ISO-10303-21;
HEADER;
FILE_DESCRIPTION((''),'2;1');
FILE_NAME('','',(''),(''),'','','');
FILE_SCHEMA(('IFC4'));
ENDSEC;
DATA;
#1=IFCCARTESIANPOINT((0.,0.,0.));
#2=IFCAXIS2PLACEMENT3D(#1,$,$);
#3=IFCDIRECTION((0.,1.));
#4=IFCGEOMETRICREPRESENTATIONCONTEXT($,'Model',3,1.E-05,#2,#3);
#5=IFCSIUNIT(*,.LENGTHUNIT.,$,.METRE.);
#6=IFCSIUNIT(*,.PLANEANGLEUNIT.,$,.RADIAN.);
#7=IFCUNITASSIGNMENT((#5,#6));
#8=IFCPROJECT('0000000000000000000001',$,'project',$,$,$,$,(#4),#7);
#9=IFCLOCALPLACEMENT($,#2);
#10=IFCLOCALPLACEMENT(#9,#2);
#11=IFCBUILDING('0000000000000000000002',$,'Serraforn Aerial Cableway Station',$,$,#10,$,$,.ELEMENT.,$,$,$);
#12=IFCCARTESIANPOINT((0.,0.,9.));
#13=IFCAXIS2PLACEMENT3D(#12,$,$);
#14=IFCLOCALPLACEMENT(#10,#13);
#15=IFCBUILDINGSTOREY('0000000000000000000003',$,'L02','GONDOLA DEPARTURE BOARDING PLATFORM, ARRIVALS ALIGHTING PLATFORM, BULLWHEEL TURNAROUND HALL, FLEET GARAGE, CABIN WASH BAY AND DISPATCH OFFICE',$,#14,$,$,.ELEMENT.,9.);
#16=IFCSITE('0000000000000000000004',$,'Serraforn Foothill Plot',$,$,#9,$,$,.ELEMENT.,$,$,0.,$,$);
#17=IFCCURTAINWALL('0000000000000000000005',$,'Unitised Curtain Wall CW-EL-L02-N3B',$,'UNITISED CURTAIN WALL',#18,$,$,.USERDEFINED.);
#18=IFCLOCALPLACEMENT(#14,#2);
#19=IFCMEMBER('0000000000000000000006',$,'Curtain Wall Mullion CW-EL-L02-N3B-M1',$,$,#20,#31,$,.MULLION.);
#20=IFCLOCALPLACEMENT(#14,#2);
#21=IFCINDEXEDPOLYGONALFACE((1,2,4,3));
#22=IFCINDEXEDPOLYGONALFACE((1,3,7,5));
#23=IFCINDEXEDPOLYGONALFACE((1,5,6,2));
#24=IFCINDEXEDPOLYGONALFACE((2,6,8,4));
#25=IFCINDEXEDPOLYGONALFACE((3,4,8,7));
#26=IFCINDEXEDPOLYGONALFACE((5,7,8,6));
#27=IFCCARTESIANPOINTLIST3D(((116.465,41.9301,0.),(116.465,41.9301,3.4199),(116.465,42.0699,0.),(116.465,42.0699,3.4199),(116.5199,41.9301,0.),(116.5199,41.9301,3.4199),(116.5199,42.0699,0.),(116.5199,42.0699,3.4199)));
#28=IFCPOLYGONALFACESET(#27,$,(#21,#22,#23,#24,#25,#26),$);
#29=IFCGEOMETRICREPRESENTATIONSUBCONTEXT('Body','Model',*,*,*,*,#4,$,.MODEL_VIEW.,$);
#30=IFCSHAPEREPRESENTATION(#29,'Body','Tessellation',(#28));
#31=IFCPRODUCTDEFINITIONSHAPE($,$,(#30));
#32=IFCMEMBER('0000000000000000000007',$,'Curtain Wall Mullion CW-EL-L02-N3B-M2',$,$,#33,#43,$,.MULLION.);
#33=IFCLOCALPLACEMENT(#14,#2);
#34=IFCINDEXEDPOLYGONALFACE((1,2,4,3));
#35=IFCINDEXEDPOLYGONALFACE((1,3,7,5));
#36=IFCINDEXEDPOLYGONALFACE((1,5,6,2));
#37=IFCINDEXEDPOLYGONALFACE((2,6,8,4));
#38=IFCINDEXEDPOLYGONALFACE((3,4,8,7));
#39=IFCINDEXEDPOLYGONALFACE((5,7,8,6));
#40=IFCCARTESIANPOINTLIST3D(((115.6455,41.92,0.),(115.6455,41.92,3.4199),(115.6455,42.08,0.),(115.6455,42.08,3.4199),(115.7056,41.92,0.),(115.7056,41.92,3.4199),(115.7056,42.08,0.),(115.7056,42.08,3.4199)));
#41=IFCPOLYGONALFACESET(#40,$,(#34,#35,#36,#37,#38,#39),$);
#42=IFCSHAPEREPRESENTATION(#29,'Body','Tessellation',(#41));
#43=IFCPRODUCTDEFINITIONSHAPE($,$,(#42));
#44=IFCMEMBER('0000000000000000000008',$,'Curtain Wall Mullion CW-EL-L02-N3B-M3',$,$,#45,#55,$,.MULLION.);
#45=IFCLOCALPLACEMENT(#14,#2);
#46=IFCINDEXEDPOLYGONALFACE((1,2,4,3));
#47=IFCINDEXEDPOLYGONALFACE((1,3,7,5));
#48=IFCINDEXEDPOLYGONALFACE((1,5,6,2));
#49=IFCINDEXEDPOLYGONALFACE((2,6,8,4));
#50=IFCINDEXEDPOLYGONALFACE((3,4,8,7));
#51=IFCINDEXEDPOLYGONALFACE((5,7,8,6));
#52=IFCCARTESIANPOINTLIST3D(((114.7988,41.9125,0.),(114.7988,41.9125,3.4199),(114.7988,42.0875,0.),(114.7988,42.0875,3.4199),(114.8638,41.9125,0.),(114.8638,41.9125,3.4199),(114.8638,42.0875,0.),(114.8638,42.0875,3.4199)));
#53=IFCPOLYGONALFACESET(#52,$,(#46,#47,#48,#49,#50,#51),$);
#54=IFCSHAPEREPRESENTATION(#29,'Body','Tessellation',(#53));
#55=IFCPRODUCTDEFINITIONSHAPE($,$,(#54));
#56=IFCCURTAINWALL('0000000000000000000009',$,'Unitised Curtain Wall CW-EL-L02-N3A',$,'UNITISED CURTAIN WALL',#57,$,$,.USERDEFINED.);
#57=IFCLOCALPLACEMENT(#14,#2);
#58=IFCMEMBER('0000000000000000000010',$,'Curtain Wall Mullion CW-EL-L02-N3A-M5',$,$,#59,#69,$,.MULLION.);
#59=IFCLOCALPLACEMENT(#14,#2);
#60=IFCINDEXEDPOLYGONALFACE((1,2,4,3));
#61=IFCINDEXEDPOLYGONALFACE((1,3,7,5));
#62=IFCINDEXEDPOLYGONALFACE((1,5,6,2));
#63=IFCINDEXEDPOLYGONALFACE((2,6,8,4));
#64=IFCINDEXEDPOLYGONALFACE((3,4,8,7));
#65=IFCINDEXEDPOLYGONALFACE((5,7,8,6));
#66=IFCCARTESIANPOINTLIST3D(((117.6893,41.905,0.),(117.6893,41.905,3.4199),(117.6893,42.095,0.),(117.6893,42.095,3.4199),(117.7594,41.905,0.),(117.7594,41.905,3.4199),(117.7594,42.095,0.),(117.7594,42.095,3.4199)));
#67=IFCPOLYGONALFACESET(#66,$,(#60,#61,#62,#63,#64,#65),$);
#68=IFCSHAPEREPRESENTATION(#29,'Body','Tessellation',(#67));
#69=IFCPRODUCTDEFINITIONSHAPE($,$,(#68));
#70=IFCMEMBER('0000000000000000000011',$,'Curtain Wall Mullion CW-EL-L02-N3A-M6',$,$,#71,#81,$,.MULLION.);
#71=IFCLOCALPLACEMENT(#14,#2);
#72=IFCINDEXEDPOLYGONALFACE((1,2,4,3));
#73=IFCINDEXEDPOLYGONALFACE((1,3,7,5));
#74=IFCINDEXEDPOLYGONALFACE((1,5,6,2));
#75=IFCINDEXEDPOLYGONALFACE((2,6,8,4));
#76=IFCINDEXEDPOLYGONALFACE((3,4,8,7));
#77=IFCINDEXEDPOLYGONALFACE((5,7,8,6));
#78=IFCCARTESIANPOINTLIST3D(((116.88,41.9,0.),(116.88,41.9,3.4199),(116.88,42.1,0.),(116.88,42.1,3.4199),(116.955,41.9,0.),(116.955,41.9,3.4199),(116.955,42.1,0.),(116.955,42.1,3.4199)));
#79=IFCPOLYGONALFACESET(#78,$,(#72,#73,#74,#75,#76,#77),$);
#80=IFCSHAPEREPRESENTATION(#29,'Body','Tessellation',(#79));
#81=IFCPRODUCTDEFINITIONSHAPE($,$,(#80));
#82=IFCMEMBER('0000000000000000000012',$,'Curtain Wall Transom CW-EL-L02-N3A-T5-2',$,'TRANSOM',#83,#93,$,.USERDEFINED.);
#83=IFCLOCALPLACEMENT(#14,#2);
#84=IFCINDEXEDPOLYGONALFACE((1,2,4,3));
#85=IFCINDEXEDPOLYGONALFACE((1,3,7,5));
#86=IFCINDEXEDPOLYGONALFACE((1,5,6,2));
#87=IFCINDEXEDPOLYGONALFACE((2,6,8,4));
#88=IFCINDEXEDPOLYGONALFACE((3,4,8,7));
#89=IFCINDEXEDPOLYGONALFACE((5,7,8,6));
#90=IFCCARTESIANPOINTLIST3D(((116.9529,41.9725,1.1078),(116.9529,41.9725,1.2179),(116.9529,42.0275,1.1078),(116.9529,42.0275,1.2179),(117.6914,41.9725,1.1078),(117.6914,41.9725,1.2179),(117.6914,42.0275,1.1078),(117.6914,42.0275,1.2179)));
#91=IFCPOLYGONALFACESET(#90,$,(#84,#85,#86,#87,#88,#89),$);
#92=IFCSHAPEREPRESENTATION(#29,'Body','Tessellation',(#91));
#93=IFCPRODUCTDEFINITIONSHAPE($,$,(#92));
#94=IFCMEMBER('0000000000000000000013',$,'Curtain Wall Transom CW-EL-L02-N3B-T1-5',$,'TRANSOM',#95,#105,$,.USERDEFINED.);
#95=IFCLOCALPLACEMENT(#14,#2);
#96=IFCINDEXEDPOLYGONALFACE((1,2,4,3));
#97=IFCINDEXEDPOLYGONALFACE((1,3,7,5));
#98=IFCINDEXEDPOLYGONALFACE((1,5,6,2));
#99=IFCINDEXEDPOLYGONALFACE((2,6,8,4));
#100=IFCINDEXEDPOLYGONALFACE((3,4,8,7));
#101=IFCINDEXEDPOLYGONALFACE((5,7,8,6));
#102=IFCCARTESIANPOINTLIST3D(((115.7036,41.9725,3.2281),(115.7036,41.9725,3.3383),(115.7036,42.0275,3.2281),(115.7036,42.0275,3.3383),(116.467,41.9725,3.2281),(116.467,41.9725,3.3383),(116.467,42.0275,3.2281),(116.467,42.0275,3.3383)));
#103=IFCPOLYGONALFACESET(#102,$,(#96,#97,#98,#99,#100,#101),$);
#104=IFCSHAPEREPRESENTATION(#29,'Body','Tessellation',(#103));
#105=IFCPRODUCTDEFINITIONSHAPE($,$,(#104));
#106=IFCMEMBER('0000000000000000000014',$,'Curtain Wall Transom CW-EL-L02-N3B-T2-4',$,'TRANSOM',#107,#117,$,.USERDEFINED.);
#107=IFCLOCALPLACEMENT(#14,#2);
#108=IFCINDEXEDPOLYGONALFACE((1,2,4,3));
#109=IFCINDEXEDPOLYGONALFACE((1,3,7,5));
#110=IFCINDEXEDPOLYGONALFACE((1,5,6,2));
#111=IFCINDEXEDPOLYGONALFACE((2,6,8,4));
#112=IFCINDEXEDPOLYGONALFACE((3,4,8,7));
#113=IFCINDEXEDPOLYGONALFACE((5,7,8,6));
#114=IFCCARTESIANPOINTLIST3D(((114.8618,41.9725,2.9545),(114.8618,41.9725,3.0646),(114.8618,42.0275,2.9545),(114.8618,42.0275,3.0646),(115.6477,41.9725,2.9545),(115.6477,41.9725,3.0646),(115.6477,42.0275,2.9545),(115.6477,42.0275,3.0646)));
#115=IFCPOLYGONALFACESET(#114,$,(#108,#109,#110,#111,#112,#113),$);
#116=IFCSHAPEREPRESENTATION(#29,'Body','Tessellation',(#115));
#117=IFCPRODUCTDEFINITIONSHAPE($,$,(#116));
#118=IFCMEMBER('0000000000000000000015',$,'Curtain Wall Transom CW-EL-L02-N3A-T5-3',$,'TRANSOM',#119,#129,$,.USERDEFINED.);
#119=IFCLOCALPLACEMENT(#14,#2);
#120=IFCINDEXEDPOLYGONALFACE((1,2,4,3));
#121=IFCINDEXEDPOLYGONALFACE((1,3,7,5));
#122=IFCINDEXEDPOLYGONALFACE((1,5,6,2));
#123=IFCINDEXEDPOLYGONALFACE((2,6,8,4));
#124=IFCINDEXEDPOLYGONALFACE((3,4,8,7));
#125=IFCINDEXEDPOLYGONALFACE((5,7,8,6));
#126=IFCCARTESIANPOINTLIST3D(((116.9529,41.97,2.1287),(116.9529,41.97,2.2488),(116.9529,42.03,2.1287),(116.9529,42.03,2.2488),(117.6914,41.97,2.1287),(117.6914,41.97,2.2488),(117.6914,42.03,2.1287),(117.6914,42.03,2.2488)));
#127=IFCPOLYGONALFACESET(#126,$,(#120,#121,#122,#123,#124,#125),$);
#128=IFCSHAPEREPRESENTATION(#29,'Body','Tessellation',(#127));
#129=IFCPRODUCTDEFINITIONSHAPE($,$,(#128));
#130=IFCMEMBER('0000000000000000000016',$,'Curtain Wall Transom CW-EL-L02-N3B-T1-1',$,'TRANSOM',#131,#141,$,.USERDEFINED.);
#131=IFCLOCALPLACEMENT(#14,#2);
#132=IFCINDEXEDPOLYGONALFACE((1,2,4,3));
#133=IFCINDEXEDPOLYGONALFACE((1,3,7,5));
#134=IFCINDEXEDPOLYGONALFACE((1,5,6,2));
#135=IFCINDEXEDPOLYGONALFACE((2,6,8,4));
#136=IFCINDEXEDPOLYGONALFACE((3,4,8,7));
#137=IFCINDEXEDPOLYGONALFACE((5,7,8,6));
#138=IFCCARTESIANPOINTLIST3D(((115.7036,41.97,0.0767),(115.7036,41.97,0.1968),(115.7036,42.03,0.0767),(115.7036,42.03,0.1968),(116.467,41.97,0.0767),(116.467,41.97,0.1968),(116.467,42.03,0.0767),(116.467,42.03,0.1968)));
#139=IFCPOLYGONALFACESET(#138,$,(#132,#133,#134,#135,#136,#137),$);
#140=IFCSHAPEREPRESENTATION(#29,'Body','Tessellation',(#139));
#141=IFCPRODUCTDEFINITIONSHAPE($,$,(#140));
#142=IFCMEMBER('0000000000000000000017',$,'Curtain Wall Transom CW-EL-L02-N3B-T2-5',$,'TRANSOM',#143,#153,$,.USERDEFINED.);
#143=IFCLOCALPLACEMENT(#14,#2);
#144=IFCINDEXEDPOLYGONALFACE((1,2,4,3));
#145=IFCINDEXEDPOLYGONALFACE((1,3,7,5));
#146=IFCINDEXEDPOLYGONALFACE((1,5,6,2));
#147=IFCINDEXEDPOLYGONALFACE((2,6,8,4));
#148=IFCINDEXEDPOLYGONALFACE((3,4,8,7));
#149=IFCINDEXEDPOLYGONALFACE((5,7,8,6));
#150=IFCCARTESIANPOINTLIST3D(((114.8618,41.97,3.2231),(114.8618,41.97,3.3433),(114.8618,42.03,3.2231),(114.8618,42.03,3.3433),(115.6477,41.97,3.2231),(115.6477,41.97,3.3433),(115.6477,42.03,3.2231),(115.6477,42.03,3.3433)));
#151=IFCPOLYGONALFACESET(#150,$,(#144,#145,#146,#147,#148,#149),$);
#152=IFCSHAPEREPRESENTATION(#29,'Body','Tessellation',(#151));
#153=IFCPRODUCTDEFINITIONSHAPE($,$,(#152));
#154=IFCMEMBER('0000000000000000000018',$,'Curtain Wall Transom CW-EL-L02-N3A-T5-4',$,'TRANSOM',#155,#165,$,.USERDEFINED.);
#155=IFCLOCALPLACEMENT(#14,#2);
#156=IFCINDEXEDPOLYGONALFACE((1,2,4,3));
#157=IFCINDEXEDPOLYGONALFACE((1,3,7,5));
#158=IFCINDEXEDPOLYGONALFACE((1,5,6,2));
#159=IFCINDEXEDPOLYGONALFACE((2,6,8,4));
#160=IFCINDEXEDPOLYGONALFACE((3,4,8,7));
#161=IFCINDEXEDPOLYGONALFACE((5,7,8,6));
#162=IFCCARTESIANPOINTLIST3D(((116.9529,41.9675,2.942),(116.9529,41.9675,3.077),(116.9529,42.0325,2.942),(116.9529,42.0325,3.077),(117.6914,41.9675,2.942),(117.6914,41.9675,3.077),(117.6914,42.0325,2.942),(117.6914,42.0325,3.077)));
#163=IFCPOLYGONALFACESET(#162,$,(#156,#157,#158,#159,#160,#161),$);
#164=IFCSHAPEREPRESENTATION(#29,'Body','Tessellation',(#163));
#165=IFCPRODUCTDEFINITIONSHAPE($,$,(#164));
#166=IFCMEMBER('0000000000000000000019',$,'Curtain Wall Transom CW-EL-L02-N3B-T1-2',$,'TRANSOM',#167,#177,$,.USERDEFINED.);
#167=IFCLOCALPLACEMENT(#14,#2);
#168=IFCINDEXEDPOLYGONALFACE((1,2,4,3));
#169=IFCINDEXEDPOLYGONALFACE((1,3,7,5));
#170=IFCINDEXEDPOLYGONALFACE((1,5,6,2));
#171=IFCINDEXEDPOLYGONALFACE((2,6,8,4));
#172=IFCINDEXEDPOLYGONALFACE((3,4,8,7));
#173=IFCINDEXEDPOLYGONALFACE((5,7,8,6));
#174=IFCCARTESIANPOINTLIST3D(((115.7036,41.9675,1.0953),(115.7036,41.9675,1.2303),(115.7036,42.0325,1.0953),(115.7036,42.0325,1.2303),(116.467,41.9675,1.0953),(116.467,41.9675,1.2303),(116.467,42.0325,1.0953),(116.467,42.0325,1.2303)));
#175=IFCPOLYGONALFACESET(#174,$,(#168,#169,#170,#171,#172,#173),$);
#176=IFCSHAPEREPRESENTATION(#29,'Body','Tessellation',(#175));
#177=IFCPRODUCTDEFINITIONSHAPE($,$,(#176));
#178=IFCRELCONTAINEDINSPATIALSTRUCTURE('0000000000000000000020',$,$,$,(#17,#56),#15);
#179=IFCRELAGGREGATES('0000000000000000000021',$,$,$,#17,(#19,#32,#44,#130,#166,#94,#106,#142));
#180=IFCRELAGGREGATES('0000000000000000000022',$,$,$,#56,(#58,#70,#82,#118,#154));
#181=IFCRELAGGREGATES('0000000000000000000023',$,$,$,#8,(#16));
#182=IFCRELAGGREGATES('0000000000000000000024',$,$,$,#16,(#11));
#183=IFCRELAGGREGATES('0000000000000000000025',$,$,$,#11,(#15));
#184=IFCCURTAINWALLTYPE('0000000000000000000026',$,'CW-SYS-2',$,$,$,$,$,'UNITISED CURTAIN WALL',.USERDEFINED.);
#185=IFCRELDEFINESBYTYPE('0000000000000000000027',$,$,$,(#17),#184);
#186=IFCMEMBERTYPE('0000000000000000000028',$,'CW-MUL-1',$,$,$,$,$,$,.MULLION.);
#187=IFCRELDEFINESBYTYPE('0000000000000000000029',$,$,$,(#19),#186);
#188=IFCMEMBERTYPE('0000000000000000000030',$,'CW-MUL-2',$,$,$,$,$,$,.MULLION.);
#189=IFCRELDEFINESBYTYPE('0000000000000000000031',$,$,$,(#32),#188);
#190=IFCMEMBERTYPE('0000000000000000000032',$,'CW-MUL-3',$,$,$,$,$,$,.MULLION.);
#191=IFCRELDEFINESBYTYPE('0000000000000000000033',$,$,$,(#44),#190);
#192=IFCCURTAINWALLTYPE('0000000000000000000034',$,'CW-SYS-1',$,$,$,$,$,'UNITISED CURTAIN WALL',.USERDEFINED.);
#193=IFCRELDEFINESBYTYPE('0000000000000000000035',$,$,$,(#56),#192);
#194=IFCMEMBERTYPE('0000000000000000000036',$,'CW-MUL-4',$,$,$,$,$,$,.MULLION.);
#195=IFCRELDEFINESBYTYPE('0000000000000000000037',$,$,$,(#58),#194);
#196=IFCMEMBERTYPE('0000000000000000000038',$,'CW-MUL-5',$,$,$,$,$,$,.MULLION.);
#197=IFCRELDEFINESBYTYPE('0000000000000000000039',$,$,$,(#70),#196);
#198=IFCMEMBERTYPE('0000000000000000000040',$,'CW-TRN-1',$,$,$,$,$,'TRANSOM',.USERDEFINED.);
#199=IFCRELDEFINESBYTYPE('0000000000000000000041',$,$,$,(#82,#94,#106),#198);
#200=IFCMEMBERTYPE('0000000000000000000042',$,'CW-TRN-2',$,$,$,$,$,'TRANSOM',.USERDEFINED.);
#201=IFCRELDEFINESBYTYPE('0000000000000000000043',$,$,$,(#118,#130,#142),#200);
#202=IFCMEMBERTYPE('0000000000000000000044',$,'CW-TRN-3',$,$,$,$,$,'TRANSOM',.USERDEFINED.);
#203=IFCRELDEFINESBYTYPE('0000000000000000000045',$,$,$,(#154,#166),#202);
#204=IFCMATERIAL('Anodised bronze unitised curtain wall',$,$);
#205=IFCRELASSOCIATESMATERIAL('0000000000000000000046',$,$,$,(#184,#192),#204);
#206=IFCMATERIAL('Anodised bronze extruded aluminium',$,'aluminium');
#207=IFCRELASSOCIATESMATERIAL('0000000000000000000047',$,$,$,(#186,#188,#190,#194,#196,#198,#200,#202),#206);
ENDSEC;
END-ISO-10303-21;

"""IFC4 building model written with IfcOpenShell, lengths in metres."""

from ifc_helpers import new_model, si_unit, direction, frame, origin, origin_2d, place, context, subcontext, project, spatial, rectangle, extrude, material, material_profile, profile_set, type_object, element, aggregate, save


model = new_model("IFC4")

# Units and contexts
model_context = context("Model", 3, precision=1e-05, world=origin(), true_north=direction((0.0, 1.0)))
body_context = subcontext(model_context, "Body", "Model", "MODEL_VIEW")
ifc_project = project(units=[si_unit("LENGTHUNIT", "METRE"), si_unit("PLANEANGLEUNIT", "RADIAN")], contexts=[model_context])

# Site, building, storey
site_placement = place(None, origin())
site = spatial("IfcSite", under=ifc_project, at=site_placement, Name="Serraforn Foothill Plot", CompositionType="ELEMENT", RefElevation=0.0)
building_placement = place(site_placement, origin())
building = spatial("IfcBuilding", under=site, at=building_placement, Name="Serraforn Aerial Cableway Station", CompositionType="ELEMENT")
storey_placement = place(building_placement, frame((0.0, 0.0, 9.0)))
storey = spatial("IfcBuildingStorey", under=building, at=storey_placement, Name="L02", Description="GONDOLA DEPARTURE BOARDING PLATFORM, ARRIVALS ALIGHTING PLATFORM, BULLWHEEL TURNAROUND HALL, FLEET GARAGE, CABIN WASH BAY AND DISPATCH OFFICE", CompositionType="ELEMENT", Elevation=9.0)

# Curtain walls, members
ifc_material_1 = material(Name="Anodised bronze unitised curtain wall")
curtain_wall_type_1 = type_object("IfcCurtainWallType", Name="CW-SYS-2", ElementType="UNITISED CURTAIN WALL", PredefinedType="USERDEFINED", material=ifc_material_1)
curtain_wall_1_placement = place(storey_placement, origin())
curtain_wall_1 = element("IfcCurtainWall", 1, at=curtain_wall_1_placement, inside=storey, type_object=curtain_wall_type_1, Name="Unitised Curtain Wall CW-EL-L02-N3B", ObjectType="UNITISED CURTAIN WALL", PredefinedType="USERDEFINED")
ifc_material_2 = material(Name="Anodised bronze extruded aluminium", Category="aluminium")
ifc_material_profile_1 = material_profile(ifc_material_2, rectangle(XDim=0.0549, YDim=0.1399, at=origin_2d()), Name="CW MULLION 55x140")
ifc_profile_set_1 = profile_set([ifc_material_profile_1], Name="Anodised bronze extruded aluminium")
member_type_1 = type_object("IfcMemberType", Name="CW-MUL-1", PredefinedType="MULLION", material=ifc_profile_set_1)
member_1_placement = place(storey_placement, frame((116.4924, 42.0, 0.0), z_axis=(0.0, 0.0, 1.0), x_axis=(-1.0, 0.0, 0.0)))
member_1 = element("IfcMember", 2, at=member_1_placement, type_object=member_type_1, Name="Curtain Wall Mullion CW-EL-L02-N3B-M1", PredefinedType="MULLION", context=body_context, shape_type="SweptSolid", body=[
    extrude(rectangle(XDim=0.0549, YDim=0.1399, at=origin_2d()), origin(), (0.0, 0.0, 1.0), 3.4199),
])
ifc_material_profile_2 = material_profile(ifc_material_2, rectangle(XDim=0.0601, YDim=0.1599, at=origin_2d()), Name="CW MULLION 60x160")
ifc_profile_set_2 = profile_set([ifc_material_profile_2], Name="Anodised bronze extruded aluminium")
member_type_2 = type_object("IfcMemberType", Name="CW-MUL-2", PredefinedType="MULLION", material=ifc_profile_set_2)
member_2_placement = place(storey_placement, frame((115.6755, 42.0, 0.0), z_axis=(0.0, 0.0, 1.0), x_axis=(-1.0, 0.0, 0.0)))
member_2 = element("IfcMember", 3, at=member_2_placement, type_object=member_type_2, Name="Curtain Wall Mullion CW-EL-L02-N3B-M2", PredefinedType="MULLION", context=body_context, shape_type="SweptSolid", body=[
    extrude(rectangle(XDim=0.0601, YDim=0.1599, at=origin_2d()), origin(), (0.0, 0.0, 1.0), 3.4199),
])
ifc_material_profile_3 = material_profile(ifc_material_2, rectangle(XDim=0.0649, YDim=0.175, at=origin_2d()), Name="CW MULLION 65x175")
ifc_profile_set_3 = profile_set([ifc_material_profile_3], Name="Anodised bronze extruded aluminium")
member_type_3 = type_object("IfcMemberType", Name="CW-MUL-3", PredefinedType="MULLION", material=ifc_profile_set_3)
member_3_placement = place(storey_placement, frame((114.8313, 42.0, 0.0), z_axis=(0.0, 0.0, 1.0), x_axis=(-1.0, 0.0, 0.0)))
member_3 = element("IfcMember", 4, at=member_3_placement, type_object=member_type_3, Name="Curtain Wall Mullion CW-EL-L02-N3B-M3", PredefinedType="MULLION", context=body_context, shape_type="SweptSolid", body=[
    extrude(rectangle(XDim=0.0649, YDim=0.175, at=origin_2d()), origin(), (0.0, 0.0, 1.0), 3.4199),
])
curtain_wall_type_2 = type_object("IfcCurtainWallType", Name="CW-SYS-1", ElementType="UNITISED CURTAIN WALL", PredefinedType="USERDEFINED", material=ifc_material_1)
curtain_wall_2_placement = place(storey_placement, origin())
curtain_wall_2 = element("IfcCurtainWall", 5, at=curtain_wall_2_placement, inside=storey, type_object=curtain_wall_type_2, Name="Unitised Curtain Wall CW-EL-L02-N3A", ObjectType="UNITISED CURTAIN WALL", PredefinedType="USERDEFINED")
ifc_material_profile_4 = material_profile(ifc_material_2, rectangle(XDim=0.0701, YDim=0.1899, at=origin_2d()), Name="CW MULLION 70x190")
ifc_profile_set_4 = profile_set([ifc_material_profile_4], Name="Anodised bronze extruded aluminium")
member_type_4 = type_object("IfcMemberType", Name="CW-MUL-4", PredefinedType="MULLION", material=ifc_profile_set_4)
member_4_placement = place(storey_placement, frame((117.7244, 42.0, 0.0), z_axis=(0.0, 0.0, 1.0), x_axis=(-1.0, 0.0, 0.0)))
member_4 = element("IfcMember", 6, at=member_4_placement, type_object=member_type_4, Name="Curtain Wall Mullion CW-EL-L02-N3A-M5", PredefinedType="MULLION", context=body_context, shape_type="SweptSolid", body=[
    extrude(rectangle(XDim=0.0701, YDim=0.1899, at=origin_2d()), origin(), (0.0, 0.0, 1.0), 3.4199),
])
ifc_material_profile_5 = material_profile(ifc_material_2, rectangle(XDim=0.075, YDim=0.2, at=origin_2d()), Name="CW MULLION 75x200")
ifc_profile_set_5 = profile_set([ifc_material_profile_5], Name="Anodised bronze extruded aluminium")
member_type_5 = type_object("IfcMemberType", Name="CW-MUL-5", PredefinedType="MULLION", material=ifc_profile_set_5)
member_5_placement = place(storey_placement, frame((116.9175, 42.0, 0.0), z_axis=(0.0, 0.0, 1.0), x_axis=(-1.0, 0.0, 0.0)))
member_5 = element("IfcMember", 7, at=member_5_placement, type_object=member_type_5, Name="Curtain Wall Mullion CW-EL-L02-N3A-M6", PredefinedType="MULLION", context=body_context, shape_type="SweptSolid", body=[
    extrude(rectangle(XDim=0.075, YDim=0.2, at=origin_2d()), origin(), (0.0, 0.0, 1.0), 3.4199),
])
ifc_material_profile_6 = material_profile(ifc_material_2, rectangle(XDim=0.0549, YDim=0.1101, at=origin_2d()), Name="CW TRANSOM 55x110")
ifc_profile_set_6 = profile_set([ifc_material_profile_6], Name="Anodised bronze extruded aluminium")
member_type_6 = type_object("IfcMemberType", Name="CW-TRN-1", ElementType="TRANSOM", PredefinedType="USERDEFINED", material=ifc_profile_set_6)
member_6_placement = place(storey_placement, frame((117.6914, 42.0, 1.1628), z_axis=(-1.0, 0.0, 0.0), x_axis=(0.0, -1.0, 0.0)))
member_6 = element("IfcMember", 8, at=member_6_placement, type_object=member_type_6, Name="Curtain Wall Transom CW-EL-L02-N3A-T5-2", ObjectType="TRANSOM", PredefinedType="USERDEFINED", context=body_context, shape_type="SweptSolid", body=[
    extrude(rectangle(XDim=0.0549, YDim=0.1101, at=origin_2d()), origin(), (0.0, 0.0, 1.0), 0.7385),
])

# Members
member_7_placement = place(storey_placement, frame((116.467, 42.0, 3.2832), z_axis=(-1.0, 0.0, 0.0), x_axis=(0.0, -1.0, 0.0)))
member_7 = element("IfcMember", 9, at=member_7_placement, type_object=member_type_6, Name="Curtain Wall Transom CW-EL-L02-N3B-T1-5", ObjectType="TRANSOM", PredefinedType="USERDEFINED", context=body_context, shape_type="SweptSolid", body=[
    extrude(rectangle(XDim=0.0549, YDim=0.1101, at=origin_2d()), origin(), (0.0, 0.0, 1.0), 0.7634),
])
member_8_placement = place(storey_placement, frame((115.6477, 42.0, 3.0095), z_axis=(-1.0, 0.0, 0.0), x_axis=(0.0, -1.0, 0.0)))
member_8 = element("IfcMember", 10, at=member_8_placement, type_object=member_type_6, Name="Curtain Wall Transom CW-EL-L02-N3B-T2-4", ObjectType="TRANSOM", PredefinedType="USERDEFINED", context=body_context, shape_type="SweptSolid", body=[
    extrude(rectangle(XDim=0.0549, YDim=0.1101, at=origin_2d()), origin(), (0.0, 0.0, 1.0), 0.7859),
])
ifc_material_profile_7 = material_profile(ifc_material_2, rectangle(XDim=0.0601, YDim=0.1201, at=origin_2d()), Name="CW TRANSOM 60x120")
ifc_profile_set_7 = profile_set([ifc_material_profile_7], Name="Anodised bronze extruded aluminium")
member_type_7 = type_object("IfcMemberType", Name="CW-TRN-2", ElementType="TRANSOM", PredefinedType="USERDEFINED", material=ifc_profile_set_7)
member_9_placement = place(storey_placement, frame((117.6914, 42.0, 2.1887), z_axis=(-1.0, 0.0, 0.0), x_axis=(0.0, -1.0, 0.0)))
member_9 = element("IfcMember", 11, at=member_9_placement, type_object=member_type_7, Name="Curtain Wall Transom CW-EL-L02-N3A-T5-3", ObjectType="TRANSOM", PredefinedType="USERDEFINED", context=body_context, shape_type="SweptSolid", body=[
    extrude(rectangle(XDim=0.0601, YDim=0.1201, at=origin_2d()), origin(), (0.0, 0.0, 1.0), 0.7385),
])
member_10_placement = place(storey_placement, frame((116.467, 42.0, 0.1367), z_axis=(-1.0, 0.0, 0.0), x_axis=(0.0, -1.0, 0.0)))
member_10 = element("IfcMember", 12, at=member_10_placement, type_object=member_type_7, Name="Curtain Wall Transom CW-EL-L02-N3B-T1-1", ObjectType="TRANSOM", PredefinedType="USERDEFINED", context=body_context, shape_type="SweptSolid", body=[
    extrude(rectangle(XDim=0.0601, YDim=0.1201, at=origin_2d()), origin(), (0.0, 0.0, 1.0), 0.7634),
])
member_11_placement = place(storey_placement, frame((115.6477, 42.0, 3.2832), z_axis=(-1.0, 0.0, 0.0), x_axis=(0.0, -1.0, 0.0)))
member_11 = element("IfcMember", 13, at=member_11_placement, type_object=member_type_7, Name="Curtain Wall Transom CW-EL-L02-N3B-T2-5", ObjectType="TRANSOM", PredefinedType="USERDEFINED", context=body_context, shape_type="SweptSolid", body=[
    extrude(rectangle(XDim=0.0601, YDim=0.1201, at=origin_2d()), origin(), (0.0, 0.0, 1.0), 0.7859),
])
ifc_material_profile_8 = material_profile(ifc_material_2, rectangle(XDim=0.0649, YDim=0.135, at=origin_2d()), Name="CW TRANSOM 65x135")
ifc_profile_set_8 = profile_set([ifc_material_profile_8], Name="Anodised bronze extruded aluminium")
member_type_8 = type_object("IfcMemberType", Name="CW-TRN-3", ElementType="TRANSOM", PredefinedType="USERDEFINED", material=ifc_profile_set_8)
member_12_placement = place(storey_placement, frame((117.6914, 42.0, 3.0095), z_axis=(-1.0, 0.0, 0.0), x_axis=(0.0, -1.0, 0.0)))
member_12 = element("IfcMember", 14, at=member_12_placement, type_object=member_type_8, Name="Curtain Wall Transom CW-EL-L02-N3A-T5-4", ObjectType="TRANSOM", PredefinedType="USERDEFINED", context=body_context, shape_type="SweptSolid", body=[
    extrude(rectangle(XDim=0.0649, YDim=0.135, at=origin_2d()), origin(), (0.0, 0.0, 1.0), 0.7385),
])
member_13_placement = place(storey_placement, frame((116.467, 42.0, 1.1628), z_axis=(-1.0, 0.0, 0.0), x_axis=(0.0, -1.0, 0.0)))
member_13 = element("IfcMember", 15, at=member_13_placement, type_object=member_type_8, Name="Curtain Wall Transom CW-EL-L02-N3B-T1-2", ObjectType="TRANSOM", PredefinedType="USERDEFINED", context=body_context, shape_type="SweptSolid", body=[
    extrude(rectangle(XDim=0.0649, YDim=0.135, at=origin_2d()), origin(), (0.0, 0.0, 1.0), 0.7634),
])

aggregate(curtain_wall_1, [member_1, member_2, member_3, member_10, member_13, member_7, member_8, member_11])
aggregate(curtain_wall_2, [member_4, member_5, member_6, member_9, member_12])

save(model, "model.ifc")
